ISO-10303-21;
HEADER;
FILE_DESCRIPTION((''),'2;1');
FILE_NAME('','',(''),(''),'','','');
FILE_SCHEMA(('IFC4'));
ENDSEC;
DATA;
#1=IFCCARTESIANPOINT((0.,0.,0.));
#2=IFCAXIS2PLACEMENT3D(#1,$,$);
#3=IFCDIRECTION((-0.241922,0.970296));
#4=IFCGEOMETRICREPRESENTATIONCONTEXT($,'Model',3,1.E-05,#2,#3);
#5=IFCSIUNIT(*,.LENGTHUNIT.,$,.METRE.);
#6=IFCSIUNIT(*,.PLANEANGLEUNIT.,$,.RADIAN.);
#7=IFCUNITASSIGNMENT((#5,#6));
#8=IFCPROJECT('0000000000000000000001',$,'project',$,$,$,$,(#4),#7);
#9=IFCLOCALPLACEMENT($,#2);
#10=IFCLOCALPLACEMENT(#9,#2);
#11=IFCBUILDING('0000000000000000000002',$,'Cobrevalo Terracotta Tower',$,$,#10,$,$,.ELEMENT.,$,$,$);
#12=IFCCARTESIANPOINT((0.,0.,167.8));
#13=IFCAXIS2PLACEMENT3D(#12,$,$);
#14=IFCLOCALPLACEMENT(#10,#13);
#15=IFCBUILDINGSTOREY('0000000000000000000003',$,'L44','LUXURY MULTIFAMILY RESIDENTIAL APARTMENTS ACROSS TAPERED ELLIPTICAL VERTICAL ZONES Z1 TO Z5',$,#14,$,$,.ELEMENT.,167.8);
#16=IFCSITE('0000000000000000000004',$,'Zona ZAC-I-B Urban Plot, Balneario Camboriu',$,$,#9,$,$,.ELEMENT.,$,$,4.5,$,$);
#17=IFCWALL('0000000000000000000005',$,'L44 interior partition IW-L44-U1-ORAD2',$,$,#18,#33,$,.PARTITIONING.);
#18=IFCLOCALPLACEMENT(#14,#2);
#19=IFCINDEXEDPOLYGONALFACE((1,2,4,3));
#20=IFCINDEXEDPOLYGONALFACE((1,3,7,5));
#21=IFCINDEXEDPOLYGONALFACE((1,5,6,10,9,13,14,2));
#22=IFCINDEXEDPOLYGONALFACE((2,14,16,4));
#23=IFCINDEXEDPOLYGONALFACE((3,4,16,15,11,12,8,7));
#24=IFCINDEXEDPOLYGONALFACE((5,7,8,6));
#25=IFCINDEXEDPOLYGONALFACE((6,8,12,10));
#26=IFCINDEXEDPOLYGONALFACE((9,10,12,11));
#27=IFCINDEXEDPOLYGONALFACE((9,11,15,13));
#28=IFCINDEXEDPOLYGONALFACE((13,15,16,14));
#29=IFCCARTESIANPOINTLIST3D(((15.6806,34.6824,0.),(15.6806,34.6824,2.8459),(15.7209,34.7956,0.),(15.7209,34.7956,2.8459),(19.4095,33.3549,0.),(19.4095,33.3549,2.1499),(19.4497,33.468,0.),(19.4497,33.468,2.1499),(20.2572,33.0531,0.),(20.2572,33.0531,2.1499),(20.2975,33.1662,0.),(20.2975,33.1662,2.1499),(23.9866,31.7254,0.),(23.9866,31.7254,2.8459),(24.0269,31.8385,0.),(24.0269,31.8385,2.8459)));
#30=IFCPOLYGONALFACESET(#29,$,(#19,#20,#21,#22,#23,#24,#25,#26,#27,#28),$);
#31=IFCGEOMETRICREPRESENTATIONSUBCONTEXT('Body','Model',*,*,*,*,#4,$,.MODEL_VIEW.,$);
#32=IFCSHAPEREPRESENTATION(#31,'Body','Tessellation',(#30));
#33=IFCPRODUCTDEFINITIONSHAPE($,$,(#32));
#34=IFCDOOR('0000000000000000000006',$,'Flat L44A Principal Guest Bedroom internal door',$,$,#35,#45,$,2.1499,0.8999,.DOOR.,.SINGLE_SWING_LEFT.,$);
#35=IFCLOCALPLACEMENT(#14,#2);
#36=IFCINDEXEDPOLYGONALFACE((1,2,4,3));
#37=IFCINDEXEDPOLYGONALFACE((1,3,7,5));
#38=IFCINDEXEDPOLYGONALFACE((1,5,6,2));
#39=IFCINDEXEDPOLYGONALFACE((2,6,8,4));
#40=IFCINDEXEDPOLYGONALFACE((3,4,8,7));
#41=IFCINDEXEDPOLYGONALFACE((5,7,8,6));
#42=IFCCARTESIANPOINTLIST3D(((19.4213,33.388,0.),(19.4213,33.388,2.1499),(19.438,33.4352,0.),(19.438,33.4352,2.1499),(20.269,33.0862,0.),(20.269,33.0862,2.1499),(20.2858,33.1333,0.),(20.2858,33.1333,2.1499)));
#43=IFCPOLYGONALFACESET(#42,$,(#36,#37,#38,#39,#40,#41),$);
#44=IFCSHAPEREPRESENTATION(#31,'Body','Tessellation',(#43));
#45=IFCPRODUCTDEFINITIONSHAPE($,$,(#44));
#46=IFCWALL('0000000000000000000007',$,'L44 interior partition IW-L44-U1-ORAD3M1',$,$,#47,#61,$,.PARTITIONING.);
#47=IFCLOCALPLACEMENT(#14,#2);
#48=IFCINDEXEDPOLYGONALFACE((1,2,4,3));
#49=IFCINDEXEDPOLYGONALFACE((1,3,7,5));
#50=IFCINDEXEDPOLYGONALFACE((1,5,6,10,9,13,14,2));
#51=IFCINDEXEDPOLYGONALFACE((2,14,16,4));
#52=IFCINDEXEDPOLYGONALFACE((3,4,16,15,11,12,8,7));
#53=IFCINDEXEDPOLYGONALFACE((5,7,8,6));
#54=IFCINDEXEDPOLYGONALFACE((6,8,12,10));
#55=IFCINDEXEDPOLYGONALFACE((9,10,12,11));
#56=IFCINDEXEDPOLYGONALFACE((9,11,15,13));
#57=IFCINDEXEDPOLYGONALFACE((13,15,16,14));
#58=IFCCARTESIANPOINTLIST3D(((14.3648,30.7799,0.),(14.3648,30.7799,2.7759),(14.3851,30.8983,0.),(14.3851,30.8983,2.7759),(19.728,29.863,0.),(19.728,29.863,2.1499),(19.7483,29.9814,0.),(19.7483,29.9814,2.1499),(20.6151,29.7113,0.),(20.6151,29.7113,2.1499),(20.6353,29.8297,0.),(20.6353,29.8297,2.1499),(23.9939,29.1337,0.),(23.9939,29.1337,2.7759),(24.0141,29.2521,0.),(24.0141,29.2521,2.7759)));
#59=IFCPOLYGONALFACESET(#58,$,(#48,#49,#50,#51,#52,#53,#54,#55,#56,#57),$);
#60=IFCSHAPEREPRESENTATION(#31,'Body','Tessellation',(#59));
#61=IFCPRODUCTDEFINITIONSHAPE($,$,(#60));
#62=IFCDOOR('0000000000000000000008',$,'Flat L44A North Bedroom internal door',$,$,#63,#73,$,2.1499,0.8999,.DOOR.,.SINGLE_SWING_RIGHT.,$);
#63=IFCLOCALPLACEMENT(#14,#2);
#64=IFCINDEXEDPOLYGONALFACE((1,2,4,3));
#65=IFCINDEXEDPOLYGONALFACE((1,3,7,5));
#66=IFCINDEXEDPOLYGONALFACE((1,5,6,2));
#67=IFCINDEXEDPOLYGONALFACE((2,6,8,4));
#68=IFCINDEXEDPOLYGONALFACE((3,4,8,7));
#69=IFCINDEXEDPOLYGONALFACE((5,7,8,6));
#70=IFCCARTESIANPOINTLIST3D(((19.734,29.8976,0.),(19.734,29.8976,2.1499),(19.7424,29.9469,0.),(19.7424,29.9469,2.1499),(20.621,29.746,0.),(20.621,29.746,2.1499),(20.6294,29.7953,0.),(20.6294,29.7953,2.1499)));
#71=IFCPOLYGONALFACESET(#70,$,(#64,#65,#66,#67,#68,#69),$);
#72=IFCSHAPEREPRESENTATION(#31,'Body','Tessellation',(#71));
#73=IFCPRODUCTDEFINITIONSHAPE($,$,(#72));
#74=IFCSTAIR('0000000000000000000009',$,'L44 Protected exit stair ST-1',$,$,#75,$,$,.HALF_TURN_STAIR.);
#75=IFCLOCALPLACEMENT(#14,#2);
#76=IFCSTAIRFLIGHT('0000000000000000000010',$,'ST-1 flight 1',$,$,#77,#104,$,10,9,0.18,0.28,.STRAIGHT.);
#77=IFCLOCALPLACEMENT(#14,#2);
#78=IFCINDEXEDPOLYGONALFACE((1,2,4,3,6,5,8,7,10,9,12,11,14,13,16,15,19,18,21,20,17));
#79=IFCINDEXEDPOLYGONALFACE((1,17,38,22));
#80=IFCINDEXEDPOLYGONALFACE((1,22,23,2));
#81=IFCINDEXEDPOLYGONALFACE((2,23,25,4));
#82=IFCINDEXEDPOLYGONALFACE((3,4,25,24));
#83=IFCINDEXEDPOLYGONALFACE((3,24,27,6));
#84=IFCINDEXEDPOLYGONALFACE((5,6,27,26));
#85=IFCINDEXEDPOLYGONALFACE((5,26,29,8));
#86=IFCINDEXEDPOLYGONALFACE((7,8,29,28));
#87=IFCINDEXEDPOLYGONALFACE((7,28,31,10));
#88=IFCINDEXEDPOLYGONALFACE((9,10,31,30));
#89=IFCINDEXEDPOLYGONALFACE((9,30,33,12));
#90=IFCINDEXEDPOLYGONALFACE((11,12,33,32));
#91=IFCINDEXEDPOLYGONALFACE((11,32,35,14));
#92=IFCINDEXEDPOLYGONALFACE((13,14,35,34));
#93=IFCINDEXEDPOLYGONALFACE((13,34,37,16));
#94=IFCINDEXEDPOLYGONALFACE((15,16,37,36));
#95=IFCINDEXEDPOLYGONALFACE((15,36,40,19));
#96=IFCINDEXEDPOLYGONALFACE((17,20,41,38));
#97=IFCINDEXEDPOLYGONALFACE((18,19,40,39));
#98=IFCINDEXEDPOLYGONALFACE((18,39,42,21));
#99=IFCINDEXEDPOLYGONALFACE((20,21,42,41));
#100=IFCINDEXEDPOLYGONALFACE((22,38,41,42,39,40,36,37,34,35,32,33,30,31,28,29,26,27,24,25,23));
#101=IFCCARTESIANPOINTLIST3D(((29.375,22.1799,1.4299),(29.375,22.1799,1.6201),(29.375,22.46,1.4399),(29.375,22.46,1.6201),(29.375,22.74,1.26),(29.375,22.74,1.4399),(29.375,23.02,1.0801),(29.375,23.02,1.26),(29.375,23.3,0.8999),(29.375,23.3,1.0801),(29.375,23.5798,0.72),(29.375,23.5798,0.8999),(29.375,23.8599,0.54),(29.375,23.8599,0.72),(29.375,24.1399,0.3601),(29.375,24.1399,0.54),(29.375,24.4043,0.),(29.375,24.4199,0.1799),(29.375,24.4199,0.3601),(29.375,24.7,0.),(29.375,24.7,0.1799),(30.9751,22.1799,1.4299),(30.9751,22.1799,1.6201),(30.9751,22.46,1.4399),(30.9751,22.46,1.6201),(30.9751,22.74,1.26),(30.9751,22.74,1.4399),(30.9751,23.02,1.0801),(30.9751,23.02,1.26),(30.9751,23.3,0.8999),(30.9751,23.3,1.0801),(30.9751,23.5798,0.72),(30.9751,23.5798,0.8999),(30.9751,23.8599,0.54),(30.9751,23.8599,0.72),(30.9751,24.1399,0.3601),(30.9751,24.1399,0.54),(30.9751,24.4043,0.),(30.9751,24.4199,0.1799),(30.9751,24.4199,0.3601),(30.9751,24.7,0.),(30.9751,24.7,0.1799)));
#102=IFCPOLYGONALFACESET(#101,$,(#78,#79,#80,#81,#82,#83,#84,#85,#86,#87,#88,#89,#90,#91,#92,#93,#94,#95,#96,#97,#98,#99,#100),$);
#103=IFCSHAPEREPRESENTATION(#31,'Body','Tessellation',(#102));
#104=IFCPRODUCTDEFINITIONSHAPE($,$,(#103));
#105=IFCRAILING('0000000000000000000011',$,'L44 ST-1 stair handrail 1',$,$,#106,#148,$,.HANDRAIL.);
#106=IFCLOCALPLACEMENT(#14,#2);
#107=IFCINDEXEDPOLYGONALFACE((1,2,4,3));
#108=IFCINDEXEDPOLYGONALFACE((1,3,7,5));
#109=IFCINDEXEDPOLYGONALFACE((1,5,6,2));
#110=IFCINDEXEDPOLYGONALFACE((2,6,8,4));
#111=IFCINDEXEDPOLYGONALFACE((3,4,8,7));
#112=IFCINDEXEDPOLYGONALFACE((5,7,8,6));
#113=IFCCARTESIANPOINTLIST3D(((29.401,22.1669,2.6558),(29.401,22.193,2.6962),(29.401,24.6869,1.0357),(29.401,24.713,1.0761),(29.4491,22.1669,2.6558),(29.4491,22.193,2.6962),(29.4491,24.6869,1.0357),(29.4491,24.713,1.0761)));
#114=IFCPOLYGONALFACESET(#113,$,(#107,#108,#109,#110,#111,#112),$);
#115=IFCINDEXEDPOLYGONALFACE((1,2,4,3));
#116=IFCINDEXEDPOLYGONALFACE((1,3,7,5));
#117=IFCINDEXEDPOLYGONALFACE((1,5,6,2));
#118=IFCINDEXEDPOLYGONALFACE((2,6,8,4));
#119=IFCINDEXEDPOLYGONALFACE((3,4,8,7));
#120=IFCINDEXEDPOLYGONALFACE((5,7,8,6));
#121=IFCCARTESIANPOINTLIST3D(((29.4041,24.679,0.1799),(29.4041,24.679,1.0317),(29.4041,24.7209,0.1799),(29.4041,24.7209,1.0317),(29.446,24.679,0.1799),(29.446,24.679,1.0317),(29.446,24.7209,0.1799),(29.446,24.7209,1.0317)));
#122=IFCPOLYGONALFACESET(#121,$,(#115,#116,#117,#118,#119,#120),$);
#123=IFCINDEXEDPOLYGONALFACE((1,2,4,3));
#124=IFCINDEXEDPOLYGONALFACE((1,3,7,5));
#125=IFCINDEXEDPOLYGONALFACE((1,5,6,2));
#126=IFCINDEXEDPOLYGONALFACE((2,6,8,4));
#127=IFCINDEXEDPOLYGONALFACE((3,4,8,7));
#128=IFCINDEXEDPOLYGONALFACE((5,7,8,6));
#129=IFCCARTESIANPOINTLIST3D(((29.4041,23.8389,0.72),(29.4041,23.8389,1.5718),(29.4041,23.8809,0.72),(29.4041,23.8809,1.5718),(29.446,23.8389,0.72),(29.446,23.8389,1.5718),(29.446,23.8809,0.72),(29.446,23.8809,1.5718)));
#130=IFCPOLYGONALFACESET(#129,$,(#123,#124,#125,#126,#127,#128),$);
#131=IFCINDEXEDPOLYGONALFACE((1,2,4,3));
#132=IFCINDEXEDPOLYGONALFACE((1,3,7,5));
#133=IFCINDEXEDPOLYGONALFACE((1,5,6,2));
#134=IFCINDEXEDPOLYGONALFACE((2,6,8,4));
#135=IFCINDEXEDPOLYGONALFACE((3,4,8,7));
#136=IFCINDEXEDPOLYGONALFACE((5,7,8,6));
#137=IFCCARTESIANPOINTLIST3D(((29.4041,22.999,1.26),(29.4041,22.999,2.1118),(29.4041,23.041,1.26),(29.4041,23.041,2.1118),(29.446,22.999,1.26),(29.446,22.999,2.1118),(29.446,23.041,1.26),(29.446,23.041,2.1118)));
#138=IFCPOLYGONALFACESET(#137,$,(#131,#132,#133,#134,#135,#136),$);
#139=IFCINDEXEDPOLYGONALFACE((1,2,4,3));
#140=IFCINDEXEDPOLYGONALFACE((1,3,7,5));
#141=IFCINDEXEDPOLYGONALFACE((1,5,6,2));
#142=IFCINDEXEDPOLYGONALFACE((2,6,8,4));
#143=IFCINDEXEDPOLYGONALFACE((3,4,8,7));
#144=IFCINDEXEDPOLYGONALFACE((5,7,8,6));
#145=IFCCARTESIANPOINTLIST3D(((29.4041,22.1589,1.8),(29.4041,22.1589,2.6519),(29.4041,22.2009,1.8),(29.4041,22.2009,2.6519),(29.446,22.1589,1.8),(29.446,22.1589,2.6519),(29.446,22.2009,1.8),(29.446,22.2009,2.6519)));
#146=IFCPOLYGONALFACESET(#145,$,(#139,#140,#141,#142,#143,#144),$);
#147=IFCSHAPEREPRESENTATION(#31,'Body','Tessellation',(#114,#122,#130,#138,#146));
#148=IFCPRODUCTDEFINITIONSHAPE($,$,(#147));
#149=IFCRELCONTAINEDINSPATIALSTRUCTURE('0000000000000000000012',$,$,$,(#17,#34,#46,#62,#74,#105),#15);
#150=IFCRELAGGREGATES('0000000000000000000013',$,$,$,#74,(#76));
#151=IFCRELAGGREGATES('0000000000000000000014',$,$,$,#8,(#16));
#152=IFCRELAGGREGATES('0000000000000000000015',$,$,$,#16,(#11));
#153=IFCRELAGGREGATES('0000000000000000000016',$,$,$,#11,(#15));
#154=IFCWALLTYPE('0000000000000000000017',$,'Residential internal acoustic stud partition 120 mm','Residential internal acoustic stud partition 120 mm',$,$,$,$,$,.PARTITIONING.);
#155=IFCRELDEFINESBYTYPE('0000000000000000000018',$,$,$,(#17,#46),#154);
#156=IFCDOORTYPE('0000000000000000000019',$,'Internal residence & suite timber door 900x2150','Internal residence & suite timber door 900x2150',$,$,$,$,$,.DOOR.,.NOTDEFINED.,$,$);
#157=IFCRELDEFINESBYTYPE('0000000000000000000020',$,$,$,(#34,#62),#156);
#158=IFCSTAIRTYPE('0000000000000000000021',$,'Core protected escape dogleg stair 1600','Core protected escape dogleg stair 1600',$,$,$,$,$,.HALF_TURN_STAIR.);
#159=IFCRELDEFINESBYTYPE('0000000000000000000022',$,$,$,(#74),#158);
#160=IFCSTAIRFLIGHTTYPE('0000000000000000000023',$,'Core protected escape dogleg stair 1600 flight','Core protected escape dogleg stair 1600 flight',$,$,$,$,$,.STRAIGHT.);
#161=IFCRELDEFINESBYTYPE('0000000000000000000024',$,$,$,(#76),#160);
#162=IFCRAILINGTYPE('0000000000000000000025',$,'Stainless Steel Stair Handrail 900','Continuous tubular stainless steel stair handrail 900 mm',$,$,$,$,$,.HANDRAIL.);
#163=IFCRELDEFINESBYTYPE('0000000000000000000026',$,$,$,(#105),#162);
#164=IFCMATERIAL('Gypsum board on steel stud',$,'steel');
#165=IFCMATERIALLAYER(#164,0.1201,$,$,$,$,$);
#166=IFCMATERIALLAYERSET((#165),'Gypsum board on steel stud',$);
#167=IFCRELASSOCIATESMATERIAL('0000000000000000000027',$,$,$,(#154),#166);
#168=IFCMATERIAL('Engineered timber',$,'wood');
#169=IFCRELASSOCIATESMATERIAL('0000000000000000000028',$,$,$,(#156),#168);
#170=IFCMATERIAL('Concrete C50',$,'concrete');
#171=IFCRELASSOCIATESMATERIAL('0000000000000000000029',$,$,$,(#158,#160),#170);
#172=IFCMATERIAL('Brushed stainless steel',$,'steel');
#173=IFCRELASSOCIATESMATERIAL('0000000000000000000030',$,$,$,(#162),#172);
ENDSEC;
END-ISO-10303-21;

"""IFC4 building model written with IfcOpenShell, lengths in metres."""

from ifc_helpers import new_model, si_unit, direction, frame, frame_2d, origin, origin_2d, place, context, subcontext, project, spatial, polyline, rectangle, outline, extrude, source, transform, mapped, material, layer, layer_set, type_object, element, fill, aggregate, save


model = new_model("IFC4")

# Units and contexts
model_context = context("Model", 3, precision=1e-05, world=origin(), true_north=direction((-0.241922, 0.970296)))
body_context = subcontext(model_context, "Body", "Model", "MODEL_VIEW")
ifc_project = project(units=[si_unit("LENGTHUNIT", "METRE"), si_unit("PLANEANGLEUNIT", "RADIAN")], contexts=[model_context])

# Site, building, storey
site_placement = place(None, origin())
site = spatial("IfcSite", under=ifc_project, at=site_placement, Name="Zona ZAC-I-B Urban Plot, Balneario Camboriu", CompositionType="ELEMENT", RefElevation=4.5)
building_placement = place(site_placement, origin())
building = spatial("IfcBuilding", under=site, at=building_placement, Name="Cobrevalo Terracotta Tower", CompositionType="ELEMENT")
storey_placement = place(building_placement, frame((0.0, 0.0, 167.8)))
storey = spatial("IfcBuildingStorey", under=building, at=storey_placement, Name="L44", Description="LUXURY MULTIFAMILY RESIDENTIAL APARTMENTS ACROSS TAPERED ELLIPTICAL VERTICAL ZONES Z1 TO Z5", CompositionType="ELEMENT", Elevation=167.8)

# Shared definitions
ifc_material_1 = material(Name="Gypsum board on steel stud", Category="steel")

# Shared definitions
ifc_material_2 = material(Name="Brushed stainless steel", Category="steel")

# Walls, openings, doors
ifc_layer_1 = layer(ifc_material_1, 0.1201)
ifc_layer_set_1 = layer_set([ifc_layer_1], Name="Gypsum board on steel stud")
wall_type_1 = type_object("IfcWallType", Name="Residential internal acoustic stud partition 120 mm", Description="Residential internal acoustic stud partition 120 mm", PredefinedType="PARTITIONING", material=ifc_layer_set_1)
wall_1_placement = place(storey_placement, frame((24.0066, 31.782, 0.0), z_axis=(0.0, 0.0, 1.0), x_axis=(-0.942078, 0.335394, 0.0)))
wall_1 = element("IfcWall", 1, at=wall_1_placement, inside=storey, type_object=wall_type_1, Name="L44 interior partition IW-L44-U1-ORAD2", PredefinedType="PARTITIONING", context=body_context, shape_type="SweptSolid", body=[
    extrude(rectangle(XDim=8.8167, YDim=0.1201, at=frame_2d((4.4082, 0.0))), origin(), (0.0, 0.0, 1.0), 2.8459),
])
opening_1_placement = place(wall_1_placement, frame((3.9585, 0.0, 0.0)))
opening_1 = element("IfcOpeningElement", 2, at=opening_1_placement, cuts=wall_1, PredefinedType="OPENING", context=body_context, shape_type="SweptSolid", body=[
    extrude(rectangle(XDim=0.8999, YDim=2.1499, at=frame_2d((0.45, 1.075))), frame((0.0, 0.0701, 0.0), z_axis=(0.0, -1.0, 0.0), x_axis=(1.0, 0.0, 0.0)), (0.0, 0.0, 1.0), 0.1401),
])
ifc_material_3 = material(Name="Engineered timber", Category="wood")
door_type_1 = type_object("IfcDoorType", Name="Internal residence & suite timber door 900x2150", Description="Internal residence & suite timber door 900x2150", OperationType="NOTDEFINED", PredefinedType="DOOR", material=ifc_material_3)
shared_shape_1 = source(origin(), body_context, "Body", "SweptSolid", [
    extrude(rectangle(XDim=0.8999, YDim=2.1499, at=frame_2d((0.45, 1.075))), frame((0.0, 0.0249, 0.0), z_axis=(0.0, -1.0, 0.0), x_axis=(1.0, 0.0, 0.0)), (0.0, 0.0, 1.0), 0.05),
])
door_1_placement = place(opening_1_placement, origin())
door_1 = element("IfcDoor", 3, at=door_1_placement, inside=storey, type_object=door_type_1, Name="Flat L44A Principal Guest Bedroom internal door", OperationType="SINGLE_SWING_LEFT", OverallHeight=2.1499, OverallWidth=0.8999, PredefinedType="DOOR", context=body_context, shape_type="MappedRepresentation", body=[
    mapped(shared_shape_1, transform((0.0, 0.0, 0.0), scale=1.0)),
])
fill(opening_1, door_1)
wall_2_placement = place(storey_placement, frame((24.0039, 29.1929, 0.0), z_axis=(0.0, 0.0, 1.0), x_axis=(-0.985698, 0.168519, 0.0)))
wall_2 = element("IfcWall", 4, at=wall_2_placement, inside=storey, type_object=wall_type_1, Name="L44 interior partition IW-L44-U1-ORAD3M1", PredefinedType="PARTITIONING", context=body_context, shape_type="SweptSolid", body=[
    extrude(rectangle(XDim=9.7688, YDim=0.1201, at=frame_2d((4.8843, 0.0))), origin(), (0.0, 0.0, 1.0), 2.7759),
])
opening_2_placement = place(wall_2_placement, frame((3.4277, 0.0, 0.0)))
opening_2 = element("IfcOpeningElement", 5, at=opening_2_placement, cuts=wall_2, PredefinedType="OPENING", context=body_context, shape_type="SweptSolid", body=[
    extrude(rectangle(XDim=0.8999, YDim=2.1499, at=frame_2d((0.45, 1.075))), frame((0.0, 0.0701, 0.0), z_axis=(0.0, -1.0, 0.0), x_axis=(1.0, 0.0, 0.0)), (0.0, 0.0, 1.0), 0.1401),
])
door_2_placement = place(opening_2_placement, origin())
door_2 = element("IfcDoor", 6, at=door_2_placement, inside=storey, type_object=door_type_1, Name="Flat L44A North Bedroom internal door", OperationType="SINGLE_SWING_RIGHT", OverallHeight=2.1499, OverallWidth=0.8999, PredefinedType="DOOR", context=body_context, shape_type="MappedRepresentation", body=[
    mapped(shared_shape_1, transform((0.0, 0.0, 0.0), scale=1.0)),
])
fill(opening_2, door_2)
ifc_material_4 = material(Name="Concrete C50", Category="concrete")

# Stair, stair flight
stair_type = type_object("IfcStairType", Name="Core protected escape dogleg stair 1600", Description="Core protected escape dogleg stair 1600", PredefinedType="HALF_TURN_STAIR", material=ifc_material_4)
stair_placement = place(storey_placement, origin())
stair = element("IfcStair", 7, at=stair_placement, inside=storey, type_object=stair_type, Name="L44 Protected exit stair ST-1", PredefinedType="HALF_TURN_STAIR")
stair_flight_type = type_object("IfcStairFlightType", Name="Core protected escape dogleg stair 1600 flight", Description="Core protected escape dogleg stair 1600 flight", PredefinedType="STRAIGHT", material=ifc_material_4)
stair_flight_placement = place(storey_placement, frame((30.175, 24.7, 0.0), z_axis=(0.0, 0.0, 1.0), x_axis=(0.0, -1.0, 0.0)))
stair_flight = element("IfcStairFlight", 8, at=stair_flight_placement, type_object=stair_flight_type, Name="ST-1 flight 1", NumberOfRisers=10, NumberOfTreads=9, PredefinedType="STRAIGHT", RiserHeight=0.18, TreadLength=0.28, context=body_context, shape_type="SweptSolid", body=[
    extrude(outline(polyline([(0.0, 0.0), (0.0, 0.1799), (0.28, 0.1799), (0.28, 0.3601), (0.5601, 0.3601), (0.5601, 0.54), (0.8401, 0.54), (0.8401, 0.72), (1.1201, 0.72), (1.1201, 0.8999), (1.3999, 0.8999), (1.3999, 1.0801), (1.6799, 1.0801), (1.6799, 1.26), (1.96, 1.26), (1.96, 1.4399), (2.24, 1.4399), (2.24, 1.6201), (2.52, 1.6201), (2.52, 1.8), (2.52, 1.4299), (0.2957, 0.0), (0.0, 0.0)])), frame((0.0, 0.8, 0.0), z_axis=(0.0, -1.0, 0.0), x_axis=(1.0, 0.0, 0.0)), (0.0, 0.0, 1.0), 1.6001),
])
aggregate(stair, [stair_flight])

# Railing
railing_type_1 = type_object("IfcRailingType", Name="Stainless Steel Stair Handrail 900", Description="Continuous tubular stainless steel stair handrail 900 mm", PredefinedType="HANDRAIL", material=ifc_material_2)
railing_1_placement = place(storey_placement, frame((29.425, 24.7, 0.1799)))
element("IfcRailing", 9, at=railing_1_placement, inside=storey, type_object=railing_type_1, Name="L44 ST-1 stair handrail 1", PredefinedType="HANDRAIL", context=body_context, shape_type="SweptSolid", body=[
    extrude(rectangle(XDim=0.0481, YDim=0.0481, at=origin_2d()), frame((0.0, 0.0, 0.876), z_axis=(0.0, -0.841163, 0.540782), x_axis=(1.0, 0.0, 0.0)), (0.0, 0.0, 1.0), 2.9958),
    extrude(rectangle(XDim=0.042, YDim=0.042, at=origin_2d()), origin(), (0.0, 0.0, 1.0), 0.8518),
    extrude(rectangle(XDim=0.042, YDim=0.042, at=origin_2d()), frame((0.0, -0.8401, 0.54)), (0.0, 0.0, 1.0), 0.8518),
    extrude(rectangle(XDim=0.042, YDim=0.042, at=origin_2d()), frame((0.0, -1.6799, 1.0801)), (0.0, 0.0, 1.0), 0.8518),
    extrude(rectangle(XDim=0.042, YDim=0.042, at=origin_2d()), frame((0.0, -2.52, 1.6201)), (0.0, 0.0, 1.0), 0.8518),
])

save(model, "model.ifc")
